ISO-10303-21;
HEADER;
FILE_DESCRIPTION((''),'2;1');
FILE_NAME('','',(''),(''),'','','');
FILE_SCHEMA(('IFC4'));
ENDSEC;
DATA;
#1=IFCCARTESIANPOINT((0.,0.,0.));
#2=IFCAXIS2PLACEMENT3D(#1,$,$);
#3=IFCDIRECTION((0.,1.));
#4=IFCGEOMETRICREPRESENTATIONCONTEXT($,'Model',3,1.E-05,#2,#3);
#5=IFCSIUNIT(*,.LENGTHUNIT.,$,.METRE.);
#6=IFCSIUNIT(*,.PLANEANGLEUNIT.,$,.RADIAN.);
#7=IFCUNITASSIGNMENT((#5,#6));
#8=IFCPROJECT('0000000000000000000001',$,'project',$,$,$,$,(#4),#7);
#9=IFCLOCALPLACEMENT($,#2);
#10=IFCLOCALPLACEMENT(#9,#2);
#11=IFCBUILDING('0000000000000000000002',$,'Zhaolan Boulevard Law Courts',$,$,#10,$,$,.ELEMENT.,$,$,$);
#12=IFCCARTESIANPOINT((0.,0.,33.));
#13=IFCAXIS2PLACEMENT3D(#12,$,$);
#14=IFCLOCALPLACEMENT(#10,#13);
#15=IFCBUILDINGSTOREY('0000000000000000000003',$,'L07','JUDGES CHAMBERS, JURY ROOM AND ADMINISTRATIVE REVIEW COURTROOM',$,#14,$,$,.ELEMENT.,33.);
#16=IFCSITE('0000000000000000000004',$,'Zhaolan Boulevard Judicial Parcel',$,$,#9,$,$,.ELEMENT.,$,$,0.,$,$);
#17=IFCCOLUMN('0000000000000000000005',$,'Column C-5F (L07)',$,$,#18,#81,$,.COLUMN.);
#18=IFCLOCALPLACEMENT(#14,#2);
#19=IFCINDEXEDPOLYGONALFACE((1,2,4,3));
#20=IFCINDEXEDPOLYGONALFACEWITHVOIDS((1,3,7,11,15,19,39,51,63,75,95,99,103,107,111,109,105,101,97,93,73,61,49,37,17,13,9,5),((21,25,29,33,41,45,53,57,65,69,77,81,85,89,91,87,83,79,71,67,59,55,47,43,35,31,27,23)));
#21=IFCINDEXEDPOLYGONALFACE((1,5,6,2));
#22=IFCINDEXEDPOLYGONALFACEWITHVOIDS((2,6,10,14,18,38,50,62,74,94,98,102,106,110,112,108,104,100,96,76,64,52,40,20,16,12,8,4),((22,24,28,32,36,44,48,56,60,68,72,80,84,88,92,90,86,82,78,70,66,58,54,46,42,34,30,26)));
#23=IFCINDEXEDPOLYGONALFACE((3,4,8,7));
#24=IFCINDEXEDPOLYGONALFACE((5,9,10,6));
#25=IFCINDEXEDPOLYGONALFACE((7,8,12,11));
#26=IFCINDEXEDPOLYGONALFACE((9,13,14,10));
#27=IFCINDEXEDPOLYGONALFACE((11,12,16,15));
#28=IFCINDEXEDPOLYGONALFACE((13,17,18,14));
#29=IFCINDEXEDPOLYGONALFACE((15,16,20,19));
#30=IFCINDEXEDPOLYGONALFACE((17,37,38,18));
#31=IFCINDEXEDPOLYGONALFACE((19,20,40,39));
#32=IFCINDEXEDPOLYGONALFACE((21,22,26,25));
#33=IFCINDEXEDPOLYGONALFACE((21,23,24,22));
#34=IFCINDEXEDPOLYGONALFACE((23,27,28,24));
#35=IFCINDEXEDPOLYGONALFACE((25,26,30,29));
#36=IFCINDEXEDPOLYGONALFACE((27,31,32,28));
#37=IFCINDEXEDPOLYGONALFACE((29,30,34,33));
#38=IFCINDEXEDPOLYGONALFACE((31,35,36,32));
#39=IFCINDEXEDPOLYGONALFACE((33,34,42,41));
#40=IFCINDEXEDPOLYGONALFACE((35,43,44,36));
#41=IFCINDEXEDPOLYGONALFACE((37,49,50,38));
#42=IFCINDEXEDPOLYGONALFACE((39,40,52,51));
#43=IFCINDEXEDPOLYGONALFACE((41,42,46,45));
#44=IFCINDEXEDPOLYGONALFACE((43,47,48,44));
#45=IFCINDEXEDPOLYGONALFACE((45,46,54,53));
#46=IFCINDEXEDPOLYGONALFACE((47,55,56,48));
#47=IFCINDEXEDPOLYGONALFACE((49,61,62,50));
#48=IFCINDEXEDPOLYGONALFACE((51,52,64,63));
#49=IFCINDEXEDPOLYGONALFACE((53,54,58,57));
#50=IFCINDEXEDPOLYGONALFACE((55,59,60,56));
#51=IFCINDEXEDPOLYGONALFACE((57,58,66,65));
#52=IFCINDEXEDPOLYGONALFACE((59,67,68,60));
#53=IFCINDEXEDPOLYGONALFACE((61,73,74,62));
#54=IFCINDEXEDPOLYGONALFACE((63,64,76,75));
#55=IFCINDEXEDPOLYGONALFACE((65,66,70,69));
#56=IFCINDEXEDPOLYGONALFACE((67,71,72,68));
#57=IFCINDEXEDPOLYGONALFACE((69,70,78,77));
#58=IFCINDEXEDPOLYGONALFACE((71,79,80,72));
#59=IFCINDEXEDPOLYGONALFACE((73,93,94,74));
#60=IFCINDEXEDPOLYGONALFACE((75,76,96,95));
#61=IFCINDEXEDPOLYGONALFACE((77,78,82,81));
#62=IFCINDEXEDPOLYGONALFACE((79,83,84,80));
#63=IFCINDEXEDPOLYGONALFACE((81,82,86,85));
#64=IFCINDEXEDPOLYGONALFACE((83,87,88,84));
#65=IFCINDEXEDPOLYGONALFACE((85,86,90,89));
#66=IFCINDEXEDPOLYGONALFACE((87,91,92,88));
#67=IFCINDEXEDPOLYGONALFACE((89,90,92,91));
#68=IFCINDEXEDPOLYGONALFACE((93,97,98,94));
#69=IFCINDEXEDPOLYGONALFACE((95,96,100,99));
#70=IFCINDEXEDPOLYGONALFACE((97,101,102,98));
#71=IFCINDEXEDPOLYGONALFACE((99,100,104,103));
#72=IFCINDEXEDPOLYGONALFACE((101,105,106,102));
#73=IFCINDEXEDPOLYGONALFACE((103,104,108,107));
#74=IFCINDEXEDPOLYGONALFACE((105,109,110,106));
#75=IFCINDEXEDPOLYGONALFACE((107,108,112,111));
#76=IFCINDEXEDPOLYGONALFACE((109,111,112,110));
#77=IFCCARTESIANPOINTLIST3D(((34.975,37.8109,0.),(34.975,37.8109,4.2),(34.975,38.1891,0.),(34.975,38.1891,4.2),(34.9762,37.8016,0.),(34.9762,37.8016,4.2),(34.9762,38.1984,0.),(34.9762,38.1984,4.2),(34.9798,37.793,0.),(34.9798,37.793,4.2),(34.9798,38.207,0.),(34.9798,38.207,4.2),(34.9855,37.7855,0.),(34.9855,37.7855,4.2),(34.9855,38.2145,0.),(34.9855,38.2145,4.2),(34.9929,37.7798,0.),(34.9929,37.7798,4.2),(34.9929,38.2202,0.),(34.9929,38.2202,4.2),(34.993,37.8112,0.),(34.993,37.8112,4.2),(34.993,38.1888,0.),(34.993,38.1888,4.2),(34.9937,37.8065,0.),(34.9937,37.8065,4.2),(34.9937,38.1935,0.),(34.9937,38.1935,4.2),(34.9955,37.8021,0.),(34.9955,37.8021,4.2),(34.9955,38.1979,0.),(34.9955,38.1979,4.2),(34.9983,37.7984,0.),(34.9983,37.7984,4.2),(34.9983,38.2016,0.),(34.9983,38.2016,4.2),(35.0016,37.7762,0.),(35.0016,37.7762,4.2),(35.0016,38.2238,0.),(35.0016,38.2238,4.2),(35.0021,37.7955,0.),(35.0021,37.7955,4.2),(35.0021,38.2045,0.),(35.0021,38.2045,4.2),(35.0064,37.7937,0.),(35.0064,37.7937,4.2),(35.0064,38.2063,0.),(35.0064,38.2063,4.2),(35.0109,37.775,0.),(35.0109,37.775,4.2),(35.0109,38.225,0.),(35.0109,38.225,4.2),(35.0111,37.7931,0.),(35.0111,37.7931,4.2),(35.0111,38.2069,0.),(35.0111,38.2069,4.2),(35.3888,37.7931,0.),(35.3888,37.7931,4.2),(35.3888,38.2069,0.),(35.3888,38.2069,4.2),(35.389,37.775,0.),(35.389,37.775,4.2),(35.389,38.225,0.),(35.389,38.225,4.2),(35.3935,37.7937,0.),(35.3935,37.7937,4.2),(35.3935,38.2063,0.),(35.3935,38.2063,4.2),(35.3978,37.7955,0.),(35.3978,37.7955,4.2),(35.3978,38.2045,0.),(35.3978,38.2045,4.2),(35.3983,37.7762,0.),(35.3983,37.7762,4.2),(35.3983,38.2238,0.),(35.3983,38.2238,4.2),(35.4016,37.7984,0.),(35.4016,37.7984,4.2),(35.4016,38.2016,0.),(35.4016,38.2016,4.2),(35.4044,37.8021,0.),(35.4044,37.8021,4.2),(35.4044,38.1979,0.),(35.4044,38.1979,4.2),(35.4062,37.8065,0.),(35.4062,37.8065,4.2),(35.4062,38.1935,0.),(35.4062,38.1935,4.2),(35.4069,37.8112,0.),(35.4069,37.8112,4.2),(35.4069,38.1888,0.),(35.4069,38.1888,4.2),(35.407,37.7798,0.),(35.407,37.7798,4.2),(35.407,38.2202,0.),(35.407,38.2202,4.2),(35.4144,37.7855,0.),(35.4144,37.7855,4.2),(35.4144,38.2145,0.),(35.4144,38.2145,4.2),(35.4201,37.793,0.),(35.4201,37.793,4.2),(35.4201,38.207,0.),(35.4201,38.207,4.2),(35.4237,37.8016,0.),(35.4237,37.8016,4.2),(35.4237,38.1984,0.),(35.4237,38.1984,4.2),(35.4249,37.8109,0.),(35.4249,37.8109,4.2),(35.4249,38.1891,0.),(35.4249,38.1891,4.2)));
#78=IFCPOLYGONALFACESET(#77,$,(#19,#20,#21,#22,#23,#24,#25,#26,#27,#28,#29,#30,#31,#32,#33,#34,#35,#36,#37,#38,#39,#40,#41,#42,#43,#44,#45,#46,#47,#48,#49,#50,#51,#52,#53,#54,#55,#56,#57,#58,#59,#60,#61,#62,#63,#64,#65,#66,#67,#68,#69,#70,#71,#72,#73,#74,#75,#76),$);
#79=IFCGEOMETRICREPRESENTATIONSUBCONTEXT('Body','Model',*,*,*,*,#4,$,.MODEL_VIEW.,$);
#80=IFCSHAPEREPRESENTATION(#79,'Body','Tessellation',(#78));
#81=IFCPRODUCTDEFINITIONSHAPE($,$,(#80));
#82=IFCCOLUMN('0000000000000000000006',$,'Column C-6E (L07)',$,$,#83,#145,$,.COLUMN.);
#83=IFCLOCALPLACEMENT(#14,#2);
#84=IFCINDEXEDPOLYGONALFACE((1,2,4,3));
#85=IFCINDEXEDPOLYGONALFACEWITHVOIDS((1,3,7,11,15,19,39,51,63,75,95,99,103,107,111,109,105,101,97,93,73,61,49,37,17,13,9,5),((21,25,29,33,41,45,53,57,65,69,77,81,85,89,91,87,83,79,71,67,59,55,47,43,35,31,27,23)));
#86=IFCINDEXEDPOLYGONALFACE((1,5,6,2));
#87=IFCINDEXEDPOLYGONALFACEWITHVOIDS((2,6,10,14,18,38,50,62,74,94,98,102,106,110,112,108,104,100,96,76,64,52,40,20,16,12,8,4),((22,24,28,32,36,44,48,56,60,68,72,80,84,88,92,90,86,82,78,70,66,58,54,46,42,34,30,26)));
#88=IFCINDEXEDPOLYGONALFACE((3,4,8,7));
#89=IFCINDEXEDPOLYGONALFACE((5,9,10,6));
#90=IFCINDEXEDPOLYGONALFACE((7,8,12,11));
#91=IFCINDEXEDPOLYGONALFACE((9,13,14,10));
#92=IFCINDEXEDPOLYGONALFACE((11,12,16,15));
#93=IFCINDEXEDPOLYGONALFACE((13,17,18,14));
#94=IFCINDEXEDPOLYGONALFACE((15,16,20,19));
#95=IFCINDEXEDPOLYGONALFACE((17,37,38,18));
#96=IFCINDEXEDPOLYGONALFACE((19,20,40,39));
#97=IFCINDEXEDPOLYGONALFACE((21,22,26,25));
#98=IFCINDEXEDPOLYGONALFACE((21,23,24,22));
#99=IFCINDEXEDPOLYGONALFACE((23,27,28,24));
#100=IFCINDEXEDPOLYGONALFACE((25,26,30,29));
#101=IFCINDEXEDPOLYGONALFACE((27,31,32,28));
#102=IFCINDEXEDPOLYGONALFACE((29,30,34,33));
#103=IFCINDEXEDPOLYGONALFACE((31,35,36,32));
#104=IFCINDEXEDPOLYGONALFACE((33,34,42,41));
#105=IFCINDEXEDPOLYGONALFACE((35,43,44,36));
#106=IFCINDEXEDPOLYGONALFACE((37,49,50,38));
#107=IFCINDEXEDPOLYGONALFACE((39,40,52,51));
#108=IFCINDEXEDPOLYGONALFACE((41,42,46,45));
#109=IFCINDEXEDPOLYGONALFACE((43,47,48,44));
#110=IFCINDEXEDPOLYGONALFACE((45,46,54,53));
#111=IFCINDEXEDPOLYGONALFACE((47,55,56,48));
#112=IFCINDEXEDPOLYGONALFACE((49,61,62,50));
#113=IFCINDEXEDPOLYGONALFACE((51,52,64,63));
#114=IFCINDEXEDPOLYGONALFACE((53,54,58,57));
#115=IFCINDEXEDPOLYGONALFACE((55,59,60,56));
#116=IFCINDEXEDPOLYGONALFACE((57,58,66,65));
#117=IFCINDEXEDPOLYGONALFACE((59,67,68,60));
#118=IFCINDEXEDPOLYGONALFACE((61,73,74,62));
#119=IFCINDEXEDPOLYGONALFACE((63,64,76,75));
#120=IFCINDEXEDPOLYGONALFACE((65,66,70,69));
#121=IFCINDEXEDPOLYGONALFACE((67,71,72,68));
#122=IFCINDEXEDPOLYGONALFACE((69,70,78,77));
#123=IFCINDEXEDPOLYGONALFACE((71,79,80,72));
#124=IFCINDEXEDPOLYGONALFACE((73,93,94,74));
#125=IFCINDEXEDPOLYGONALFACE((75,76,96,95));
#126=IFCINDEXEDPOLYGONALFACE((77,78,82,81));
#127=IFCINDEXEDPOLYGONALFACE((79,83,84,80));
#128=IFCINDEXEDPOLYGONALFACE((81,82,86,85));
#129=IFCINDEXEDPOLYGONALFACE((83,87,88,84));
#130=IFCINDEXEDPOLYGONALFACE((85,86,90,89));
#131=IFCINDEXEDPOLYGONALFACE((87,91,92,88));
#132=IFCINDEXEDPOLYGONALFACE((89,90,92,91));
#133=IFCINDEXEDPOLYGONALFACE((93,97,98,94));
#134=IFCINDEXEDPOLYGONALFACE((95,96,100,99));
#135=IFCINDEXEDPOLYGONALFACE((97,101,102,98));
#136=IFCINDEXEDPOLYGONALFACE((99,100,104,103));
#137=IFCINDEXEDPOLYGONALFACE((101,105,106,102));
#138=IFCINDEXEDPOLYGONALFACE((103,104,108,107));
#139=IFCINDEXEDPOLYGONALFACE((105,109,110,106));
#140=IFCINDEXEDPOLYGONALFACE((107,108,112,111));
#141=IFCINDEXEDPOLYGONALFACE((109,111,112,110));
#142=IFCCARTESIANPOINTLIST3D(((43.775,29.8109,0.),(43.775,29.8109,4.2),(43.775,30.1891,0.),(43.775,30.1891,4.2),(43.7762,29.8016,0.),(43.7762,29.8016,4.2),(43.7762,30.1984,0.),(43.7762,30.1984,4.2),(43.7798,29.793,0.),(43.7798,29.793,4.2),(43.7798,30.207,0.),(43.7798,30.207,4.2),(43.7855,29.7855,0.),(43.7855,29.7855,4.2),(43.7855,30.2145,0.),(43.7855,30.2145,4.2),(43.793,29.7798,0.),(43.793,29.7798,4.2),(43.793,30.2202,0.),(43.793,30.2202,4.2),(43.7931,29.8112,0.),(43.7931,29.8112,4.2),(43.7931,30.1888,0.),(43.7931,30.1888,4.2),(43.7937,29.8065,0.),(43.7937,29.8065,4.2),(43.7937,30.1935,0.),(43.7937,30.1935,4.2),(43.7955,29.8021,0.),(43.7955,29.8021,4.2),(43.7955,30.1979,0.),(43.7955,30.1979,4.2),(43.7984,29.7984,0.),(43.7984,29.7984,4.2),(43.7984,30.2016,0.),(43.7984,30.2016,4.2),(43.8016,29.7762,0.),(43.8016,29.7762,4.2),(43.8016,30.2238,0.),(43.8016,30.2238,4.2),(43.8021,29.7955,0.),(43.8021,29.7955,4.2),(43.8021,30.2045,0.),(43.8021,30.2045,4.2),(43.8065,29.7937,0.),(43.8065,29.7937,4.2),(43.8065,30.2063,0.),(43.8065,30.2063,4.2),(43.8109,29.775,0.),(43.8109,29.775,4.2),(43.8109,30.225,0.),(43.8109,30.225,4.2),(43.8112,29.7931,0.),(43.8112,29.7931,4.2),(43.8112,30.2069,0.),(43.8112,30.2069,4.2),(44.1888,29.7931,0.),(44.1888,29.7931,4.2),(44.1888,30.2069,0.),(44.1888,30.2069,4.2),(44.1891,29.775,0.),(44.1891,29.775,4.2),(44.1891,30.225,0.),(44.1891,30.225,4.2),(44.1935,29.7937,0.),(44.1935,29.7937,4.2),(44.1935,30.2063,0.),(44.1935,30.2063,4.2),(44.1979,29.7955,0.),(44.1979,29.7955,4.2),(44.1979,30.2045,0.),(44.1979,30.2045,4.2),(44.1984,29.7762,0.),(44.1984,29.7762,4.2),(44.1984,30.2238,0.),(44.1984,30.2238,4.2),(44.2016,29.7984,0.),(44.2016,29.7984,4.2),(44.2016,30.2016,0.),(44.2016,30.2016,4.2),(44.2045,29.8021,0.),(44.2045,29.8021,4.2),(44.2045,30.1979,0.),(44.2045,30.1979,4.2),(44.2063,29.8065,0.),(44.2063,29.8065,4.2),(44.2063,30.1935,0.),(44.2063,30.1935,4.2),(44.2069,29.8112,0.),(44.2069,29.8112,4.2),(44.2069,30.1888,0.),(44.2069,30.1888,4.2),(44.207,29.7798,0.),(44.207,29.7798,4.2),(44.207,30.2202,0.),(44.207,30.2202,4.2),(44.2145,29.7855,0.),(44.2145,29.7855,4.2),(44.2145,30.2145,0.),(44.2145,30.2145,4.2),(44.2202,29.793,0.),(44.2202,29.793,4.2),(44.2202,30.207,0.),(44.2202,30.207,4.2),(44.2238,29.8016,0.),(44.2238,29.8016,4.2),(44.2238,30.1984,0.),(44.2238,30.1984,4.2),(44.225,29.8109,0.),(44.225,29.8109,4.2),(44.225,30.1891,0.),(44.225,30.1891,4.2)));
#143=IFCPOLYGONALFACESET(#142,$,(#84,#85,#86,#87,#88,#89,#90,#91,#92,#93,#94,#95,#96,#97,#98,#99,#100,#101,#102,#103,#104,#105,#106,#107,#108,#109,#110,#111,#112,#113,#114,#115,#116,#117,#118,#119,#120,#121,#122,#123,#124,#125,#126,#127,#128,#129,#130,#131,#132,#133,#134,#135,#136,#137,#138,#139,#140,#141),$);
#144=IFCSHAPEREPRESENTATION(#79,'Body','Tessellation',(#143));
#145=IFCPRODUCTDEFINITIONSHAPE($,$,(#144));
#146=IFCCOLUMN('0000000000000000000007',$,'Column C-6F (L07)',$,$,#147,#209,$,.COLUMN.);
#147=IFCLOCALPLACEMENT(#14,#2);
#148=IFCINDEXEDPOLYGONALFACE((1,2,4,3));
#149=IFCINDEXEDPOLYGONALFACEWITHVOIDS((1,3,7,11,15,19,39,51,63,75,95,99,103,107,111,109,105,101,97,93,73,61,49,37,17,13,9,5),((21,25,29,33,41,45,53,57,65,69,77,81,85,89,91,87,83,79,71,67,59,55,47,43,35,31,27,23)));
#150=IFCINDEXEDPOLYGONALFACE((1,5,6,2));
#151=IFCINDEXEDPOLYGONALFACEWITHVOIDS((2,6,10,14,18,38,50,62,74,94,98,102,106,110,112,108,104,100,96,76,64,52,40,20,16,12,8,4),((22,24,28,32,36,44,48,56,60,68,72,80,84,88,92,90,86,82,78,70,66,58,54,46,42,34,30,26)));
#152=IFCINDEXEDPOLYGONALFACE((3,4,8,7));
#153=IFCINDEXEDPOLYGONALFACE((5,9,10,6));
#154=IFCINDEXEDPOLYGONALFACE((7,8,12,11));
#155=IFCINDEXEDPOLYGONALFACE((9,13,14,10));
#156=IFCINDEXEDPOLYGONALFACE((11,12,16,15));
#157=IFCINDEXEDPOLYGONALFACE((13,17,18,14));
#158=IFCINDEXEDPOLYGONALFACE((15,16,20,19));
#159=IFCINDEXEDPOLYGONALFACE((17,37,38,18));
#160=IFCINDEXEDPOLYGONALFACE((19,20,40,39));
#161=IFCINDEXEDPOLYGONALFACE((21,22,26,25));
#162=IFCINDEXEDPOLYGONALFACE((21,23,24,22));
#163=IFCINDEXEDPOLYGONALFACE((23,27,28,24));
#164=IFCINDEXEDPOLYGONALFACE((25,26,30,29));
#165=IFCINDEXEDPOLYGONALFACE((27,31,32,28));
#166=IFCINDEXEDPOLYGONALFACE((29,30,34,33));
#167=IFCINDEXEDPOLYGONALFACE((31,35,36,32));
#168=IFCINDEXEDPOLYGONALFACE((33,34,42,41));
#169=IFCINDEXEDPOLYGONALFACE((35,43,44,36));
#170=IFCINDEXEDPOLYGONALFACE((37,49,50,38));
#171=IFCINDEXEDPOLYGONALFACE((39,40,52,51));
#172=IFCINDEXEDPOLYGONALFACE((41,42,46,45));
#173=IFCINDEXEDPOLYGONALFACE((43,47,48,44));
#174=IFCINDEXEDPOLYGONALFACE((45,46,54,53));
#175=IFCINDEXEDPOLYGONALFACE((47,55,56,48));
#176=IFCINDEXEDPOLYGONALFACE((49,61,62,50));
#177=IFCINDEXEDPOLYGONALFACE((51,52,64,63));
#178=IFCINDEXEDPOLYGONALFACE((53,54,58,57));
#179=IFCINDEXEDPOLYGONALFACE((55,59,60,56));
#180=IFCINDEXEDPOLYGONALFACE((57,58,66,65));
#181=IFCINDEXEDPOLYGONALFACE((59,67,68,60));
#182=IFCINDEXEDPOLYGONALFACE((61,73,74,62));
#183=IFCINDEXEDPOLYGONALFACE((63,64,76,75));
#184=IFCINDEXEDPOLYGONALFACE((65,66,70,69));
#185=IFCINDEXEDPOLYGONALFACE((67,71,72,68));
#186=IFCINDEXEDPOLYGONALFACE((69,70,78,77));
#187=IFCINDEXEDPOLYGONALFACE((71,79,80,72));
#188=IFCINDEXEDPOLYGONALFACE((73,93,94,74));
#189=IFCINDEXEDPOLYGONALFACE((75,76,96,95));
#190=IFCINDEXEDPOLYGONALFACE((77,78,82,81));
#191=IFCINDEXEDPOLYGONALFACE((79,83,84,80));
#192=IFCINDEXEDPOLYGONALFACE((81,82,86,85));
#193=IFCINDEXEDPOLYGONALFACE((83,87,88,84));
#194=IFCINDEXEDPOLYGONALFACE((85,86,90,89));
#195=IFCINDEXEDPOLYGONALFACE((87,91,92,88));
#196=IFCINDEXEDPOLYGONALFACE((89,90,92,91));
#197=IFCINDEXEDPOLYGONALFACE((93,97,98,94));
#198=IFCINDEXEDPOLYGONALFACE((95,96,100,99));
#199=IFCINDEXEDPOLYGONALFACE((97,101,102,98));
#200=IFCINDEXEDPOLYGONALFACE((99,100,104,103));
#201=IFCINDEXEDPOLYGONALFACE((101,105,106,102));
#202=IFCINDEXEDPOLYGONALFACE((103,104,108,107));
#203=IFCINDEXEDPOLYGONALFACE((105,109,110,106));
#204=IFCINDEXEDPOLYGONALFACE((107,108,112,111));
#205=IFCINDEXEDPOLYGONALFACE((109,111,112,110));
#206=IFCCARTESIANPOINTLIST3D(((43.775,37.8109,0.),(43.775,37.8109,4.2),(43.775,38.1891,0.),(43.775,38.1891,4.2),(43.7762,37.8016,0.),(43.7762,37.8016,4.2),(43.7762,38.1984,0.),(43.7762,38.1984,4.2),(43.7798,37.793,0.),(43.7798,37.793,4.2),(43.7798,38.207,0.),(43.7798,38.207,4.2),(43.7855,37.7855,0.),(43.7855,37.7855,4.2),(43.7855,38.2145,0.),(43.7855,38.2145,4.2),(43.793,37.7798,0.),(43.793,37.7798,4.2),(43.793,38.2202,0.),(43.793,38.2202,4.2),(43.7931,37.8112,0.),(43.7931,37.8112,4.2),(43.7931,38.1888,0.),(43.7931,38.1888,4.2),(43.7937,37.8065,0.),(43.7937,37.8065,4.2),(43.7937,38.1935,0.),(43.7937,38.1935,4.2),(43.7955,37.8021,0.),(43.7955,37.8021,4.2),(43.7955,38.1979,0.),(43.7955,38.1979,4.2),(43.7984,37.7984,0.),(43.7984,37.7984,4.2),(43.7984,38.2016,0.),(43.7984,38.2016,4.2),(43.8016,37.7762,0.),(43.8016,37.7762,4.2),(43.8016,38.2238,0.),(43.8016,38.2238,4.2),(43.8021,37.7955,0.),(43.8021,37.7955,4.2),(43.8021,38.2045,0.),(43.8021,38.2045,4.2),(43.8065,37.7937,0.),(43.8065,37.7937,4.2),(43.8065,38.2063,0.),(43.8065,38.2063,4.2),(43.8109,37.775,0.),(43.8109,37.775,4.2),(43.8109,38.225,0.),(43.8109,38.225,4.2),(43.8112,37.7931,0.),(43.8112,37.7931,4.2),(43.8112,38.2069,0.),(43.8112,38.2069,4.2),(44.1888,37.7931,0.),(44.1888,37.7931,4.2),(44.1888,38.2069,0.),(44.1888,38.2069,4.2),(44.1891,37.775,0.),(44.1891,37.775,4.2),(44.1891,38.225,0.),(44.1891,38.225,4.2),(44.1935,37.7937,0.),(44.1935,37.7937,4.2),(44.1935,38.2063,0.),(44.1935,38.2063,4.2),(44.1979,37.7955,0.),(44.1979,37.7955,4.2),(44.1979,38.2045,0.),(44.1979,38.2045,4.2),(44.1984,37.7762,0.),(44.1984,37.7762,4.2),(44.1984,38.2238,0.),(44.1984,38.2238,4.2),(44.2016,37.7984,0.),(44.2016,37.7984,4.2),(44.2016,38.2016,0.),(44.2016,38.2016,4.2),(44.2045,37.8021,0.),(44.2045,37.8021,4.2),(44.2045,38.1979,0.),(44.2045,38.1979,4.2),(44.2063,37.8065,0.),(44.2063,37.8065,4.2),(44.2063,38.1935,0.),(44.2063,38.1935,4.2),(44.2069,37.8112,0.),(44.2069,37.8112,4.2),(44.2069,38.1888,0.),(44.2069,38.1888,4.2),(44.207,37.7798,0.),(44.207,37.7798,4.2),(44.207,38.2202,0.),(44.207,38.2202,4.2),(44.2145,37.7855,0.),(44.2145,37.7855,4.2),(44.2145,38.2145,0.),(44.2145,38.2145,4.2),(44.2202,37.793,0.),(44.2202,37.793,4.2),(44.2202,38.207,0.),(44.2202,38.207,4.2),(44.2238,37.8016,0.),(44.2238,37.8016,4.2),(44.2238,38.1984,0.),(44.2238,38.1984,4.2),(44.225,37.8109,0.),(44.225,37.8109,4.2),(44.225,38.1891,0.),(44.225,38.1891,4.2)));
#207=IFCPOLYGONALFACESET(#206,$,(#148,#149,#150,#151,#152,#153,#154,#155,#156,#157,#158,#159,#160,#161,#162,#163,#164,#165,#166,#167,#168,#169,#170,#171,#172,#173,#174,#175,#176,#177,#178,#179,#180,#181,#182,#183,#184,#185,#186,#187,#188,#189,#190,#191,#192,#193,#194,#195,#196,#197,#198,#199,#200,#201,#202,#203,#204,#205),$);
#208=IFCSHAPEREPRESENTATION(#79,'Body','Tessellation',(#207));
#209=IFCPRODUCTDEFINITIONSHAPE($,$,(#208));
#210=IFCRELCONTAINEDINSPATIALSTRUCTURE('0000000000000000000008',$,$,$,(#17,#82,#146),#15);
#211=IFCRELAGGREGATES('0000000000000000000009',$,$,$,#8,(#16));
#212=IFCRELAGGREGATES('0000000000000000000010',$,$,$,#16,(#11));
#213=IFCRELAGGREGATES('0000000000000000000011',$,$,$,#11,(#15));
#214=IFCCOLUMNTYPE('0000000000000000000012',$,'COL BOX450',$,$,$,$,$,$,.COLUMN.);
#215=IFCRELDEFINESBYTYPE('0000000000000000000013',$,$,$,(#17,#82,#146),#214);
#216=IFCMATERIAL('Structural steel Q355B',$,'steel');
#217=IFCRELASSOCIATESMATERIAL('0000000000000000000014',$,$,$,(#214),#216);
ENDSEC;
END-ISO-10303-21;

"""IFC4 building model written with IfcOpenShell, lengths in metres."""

from ifc_helpers import new_model, si_unit, direction, frame, origin, origin_2d, place, context, subcontext, project, spatial, hollow_rectangle, extrude, material, material_profile, profile_set, type_object, element, save


model = new_model("IFC4")

# Units and contexts
model_context = context("Model", 3, precision=1e-05, world=origin(), true_north=direction((0.0, 1.0)))
body_context = subcontext(model_context, "Body", "Model", "MODEL_VIEW")
ifc_project = project(units=[si_unit("LENGTHUNIT", "METRE"), si_unit("PLANEANGLEUNIT", "RADIAN")], contexts=[model_context])

# Site, building, storey
site_placement = place(None, origin())
site = spatial("IfcSite", under=ifc_project, at=site_placement, Name="Zhaolan Boulevard Judicial Parcel", CompositionType="ELEMENT", RefElevation=0.0)
building_placement = place(site_placement, origin())
building = spatial("IfcBuilding", under=site, at=building_placement, Name="Zhaolan Boulevard Law Courts", CompositionType="ELEMENT")
storey_placement = place(building_placement, frame((0.0, 0.0, 33.0)))
storey = spatial("IfcBuildingStorey", under=building, at=storey_placement, Name="L07", Description="JUDGES CHAMBERS, JURY ROOM AND ADMINISTRATIVE REVIEW COURTROOM", CompositionType="ELEMENT", Elevation=33.0)

# Columns
ifc_material_1 = material(Name="Structural steel Q355B", Category="steel")
ifc_material_profile_1 = material_profile(ifc_material_1, hollow_rectangle(XDim=0.45, YDim=0.45, WallThickness=0.0181, InnerFilletRadius=0.0181, OuterFilletRadius=0.0359, at=origin_2d()), Name="BOX450x450x18")
ifc_profile_set_1 = profile_set([ifc_material_profile_1], Name="Structural steel Q355B")
column_type = type_object("IfcColumnType", Name="COL BOX450", PredefinedType="COLUMN", material=ifc_profile_set_1)
for number, where, z_axis, x_axis, name in (
    (1, (35.2, 38.0, 0.0), (0.0, 0.0, 1.0), (1.0, 0.0, 0.0), "Column C-5F (L07)"),
    (2, (44.0, 30.0, 0.0), (0.0, 0.0, 1.0), (1.0, 0.0, 0.0), "Column C-6E (L07)"),
    (3, (44.0, 38.0, 0.0), (0.0, 0.0, 1.0), (1.0, 0.0, 0.0), "Column C-6F (L07)"),
):
    element("IfcColumn", number, at=place(storey_placement, frame(where, z_axis=z_axis, x_axis=x_axis)), inside=storey, type_object=column_type, Name=name, PredefinedType="COLUMN", context=body_context, shape_type="SweptSolid", body=[
        extrude(hollow_rectangle(XDim=0.45, YDim=0.45, WallThickness=0.0181, InnerFilletRadius=0.0181, OuterFilletRadius=0.0359, at=origin_2d()), origin(), (0.0, 0.0, 1.0), 4.2),
    ])

save(model, "model.ifc")
